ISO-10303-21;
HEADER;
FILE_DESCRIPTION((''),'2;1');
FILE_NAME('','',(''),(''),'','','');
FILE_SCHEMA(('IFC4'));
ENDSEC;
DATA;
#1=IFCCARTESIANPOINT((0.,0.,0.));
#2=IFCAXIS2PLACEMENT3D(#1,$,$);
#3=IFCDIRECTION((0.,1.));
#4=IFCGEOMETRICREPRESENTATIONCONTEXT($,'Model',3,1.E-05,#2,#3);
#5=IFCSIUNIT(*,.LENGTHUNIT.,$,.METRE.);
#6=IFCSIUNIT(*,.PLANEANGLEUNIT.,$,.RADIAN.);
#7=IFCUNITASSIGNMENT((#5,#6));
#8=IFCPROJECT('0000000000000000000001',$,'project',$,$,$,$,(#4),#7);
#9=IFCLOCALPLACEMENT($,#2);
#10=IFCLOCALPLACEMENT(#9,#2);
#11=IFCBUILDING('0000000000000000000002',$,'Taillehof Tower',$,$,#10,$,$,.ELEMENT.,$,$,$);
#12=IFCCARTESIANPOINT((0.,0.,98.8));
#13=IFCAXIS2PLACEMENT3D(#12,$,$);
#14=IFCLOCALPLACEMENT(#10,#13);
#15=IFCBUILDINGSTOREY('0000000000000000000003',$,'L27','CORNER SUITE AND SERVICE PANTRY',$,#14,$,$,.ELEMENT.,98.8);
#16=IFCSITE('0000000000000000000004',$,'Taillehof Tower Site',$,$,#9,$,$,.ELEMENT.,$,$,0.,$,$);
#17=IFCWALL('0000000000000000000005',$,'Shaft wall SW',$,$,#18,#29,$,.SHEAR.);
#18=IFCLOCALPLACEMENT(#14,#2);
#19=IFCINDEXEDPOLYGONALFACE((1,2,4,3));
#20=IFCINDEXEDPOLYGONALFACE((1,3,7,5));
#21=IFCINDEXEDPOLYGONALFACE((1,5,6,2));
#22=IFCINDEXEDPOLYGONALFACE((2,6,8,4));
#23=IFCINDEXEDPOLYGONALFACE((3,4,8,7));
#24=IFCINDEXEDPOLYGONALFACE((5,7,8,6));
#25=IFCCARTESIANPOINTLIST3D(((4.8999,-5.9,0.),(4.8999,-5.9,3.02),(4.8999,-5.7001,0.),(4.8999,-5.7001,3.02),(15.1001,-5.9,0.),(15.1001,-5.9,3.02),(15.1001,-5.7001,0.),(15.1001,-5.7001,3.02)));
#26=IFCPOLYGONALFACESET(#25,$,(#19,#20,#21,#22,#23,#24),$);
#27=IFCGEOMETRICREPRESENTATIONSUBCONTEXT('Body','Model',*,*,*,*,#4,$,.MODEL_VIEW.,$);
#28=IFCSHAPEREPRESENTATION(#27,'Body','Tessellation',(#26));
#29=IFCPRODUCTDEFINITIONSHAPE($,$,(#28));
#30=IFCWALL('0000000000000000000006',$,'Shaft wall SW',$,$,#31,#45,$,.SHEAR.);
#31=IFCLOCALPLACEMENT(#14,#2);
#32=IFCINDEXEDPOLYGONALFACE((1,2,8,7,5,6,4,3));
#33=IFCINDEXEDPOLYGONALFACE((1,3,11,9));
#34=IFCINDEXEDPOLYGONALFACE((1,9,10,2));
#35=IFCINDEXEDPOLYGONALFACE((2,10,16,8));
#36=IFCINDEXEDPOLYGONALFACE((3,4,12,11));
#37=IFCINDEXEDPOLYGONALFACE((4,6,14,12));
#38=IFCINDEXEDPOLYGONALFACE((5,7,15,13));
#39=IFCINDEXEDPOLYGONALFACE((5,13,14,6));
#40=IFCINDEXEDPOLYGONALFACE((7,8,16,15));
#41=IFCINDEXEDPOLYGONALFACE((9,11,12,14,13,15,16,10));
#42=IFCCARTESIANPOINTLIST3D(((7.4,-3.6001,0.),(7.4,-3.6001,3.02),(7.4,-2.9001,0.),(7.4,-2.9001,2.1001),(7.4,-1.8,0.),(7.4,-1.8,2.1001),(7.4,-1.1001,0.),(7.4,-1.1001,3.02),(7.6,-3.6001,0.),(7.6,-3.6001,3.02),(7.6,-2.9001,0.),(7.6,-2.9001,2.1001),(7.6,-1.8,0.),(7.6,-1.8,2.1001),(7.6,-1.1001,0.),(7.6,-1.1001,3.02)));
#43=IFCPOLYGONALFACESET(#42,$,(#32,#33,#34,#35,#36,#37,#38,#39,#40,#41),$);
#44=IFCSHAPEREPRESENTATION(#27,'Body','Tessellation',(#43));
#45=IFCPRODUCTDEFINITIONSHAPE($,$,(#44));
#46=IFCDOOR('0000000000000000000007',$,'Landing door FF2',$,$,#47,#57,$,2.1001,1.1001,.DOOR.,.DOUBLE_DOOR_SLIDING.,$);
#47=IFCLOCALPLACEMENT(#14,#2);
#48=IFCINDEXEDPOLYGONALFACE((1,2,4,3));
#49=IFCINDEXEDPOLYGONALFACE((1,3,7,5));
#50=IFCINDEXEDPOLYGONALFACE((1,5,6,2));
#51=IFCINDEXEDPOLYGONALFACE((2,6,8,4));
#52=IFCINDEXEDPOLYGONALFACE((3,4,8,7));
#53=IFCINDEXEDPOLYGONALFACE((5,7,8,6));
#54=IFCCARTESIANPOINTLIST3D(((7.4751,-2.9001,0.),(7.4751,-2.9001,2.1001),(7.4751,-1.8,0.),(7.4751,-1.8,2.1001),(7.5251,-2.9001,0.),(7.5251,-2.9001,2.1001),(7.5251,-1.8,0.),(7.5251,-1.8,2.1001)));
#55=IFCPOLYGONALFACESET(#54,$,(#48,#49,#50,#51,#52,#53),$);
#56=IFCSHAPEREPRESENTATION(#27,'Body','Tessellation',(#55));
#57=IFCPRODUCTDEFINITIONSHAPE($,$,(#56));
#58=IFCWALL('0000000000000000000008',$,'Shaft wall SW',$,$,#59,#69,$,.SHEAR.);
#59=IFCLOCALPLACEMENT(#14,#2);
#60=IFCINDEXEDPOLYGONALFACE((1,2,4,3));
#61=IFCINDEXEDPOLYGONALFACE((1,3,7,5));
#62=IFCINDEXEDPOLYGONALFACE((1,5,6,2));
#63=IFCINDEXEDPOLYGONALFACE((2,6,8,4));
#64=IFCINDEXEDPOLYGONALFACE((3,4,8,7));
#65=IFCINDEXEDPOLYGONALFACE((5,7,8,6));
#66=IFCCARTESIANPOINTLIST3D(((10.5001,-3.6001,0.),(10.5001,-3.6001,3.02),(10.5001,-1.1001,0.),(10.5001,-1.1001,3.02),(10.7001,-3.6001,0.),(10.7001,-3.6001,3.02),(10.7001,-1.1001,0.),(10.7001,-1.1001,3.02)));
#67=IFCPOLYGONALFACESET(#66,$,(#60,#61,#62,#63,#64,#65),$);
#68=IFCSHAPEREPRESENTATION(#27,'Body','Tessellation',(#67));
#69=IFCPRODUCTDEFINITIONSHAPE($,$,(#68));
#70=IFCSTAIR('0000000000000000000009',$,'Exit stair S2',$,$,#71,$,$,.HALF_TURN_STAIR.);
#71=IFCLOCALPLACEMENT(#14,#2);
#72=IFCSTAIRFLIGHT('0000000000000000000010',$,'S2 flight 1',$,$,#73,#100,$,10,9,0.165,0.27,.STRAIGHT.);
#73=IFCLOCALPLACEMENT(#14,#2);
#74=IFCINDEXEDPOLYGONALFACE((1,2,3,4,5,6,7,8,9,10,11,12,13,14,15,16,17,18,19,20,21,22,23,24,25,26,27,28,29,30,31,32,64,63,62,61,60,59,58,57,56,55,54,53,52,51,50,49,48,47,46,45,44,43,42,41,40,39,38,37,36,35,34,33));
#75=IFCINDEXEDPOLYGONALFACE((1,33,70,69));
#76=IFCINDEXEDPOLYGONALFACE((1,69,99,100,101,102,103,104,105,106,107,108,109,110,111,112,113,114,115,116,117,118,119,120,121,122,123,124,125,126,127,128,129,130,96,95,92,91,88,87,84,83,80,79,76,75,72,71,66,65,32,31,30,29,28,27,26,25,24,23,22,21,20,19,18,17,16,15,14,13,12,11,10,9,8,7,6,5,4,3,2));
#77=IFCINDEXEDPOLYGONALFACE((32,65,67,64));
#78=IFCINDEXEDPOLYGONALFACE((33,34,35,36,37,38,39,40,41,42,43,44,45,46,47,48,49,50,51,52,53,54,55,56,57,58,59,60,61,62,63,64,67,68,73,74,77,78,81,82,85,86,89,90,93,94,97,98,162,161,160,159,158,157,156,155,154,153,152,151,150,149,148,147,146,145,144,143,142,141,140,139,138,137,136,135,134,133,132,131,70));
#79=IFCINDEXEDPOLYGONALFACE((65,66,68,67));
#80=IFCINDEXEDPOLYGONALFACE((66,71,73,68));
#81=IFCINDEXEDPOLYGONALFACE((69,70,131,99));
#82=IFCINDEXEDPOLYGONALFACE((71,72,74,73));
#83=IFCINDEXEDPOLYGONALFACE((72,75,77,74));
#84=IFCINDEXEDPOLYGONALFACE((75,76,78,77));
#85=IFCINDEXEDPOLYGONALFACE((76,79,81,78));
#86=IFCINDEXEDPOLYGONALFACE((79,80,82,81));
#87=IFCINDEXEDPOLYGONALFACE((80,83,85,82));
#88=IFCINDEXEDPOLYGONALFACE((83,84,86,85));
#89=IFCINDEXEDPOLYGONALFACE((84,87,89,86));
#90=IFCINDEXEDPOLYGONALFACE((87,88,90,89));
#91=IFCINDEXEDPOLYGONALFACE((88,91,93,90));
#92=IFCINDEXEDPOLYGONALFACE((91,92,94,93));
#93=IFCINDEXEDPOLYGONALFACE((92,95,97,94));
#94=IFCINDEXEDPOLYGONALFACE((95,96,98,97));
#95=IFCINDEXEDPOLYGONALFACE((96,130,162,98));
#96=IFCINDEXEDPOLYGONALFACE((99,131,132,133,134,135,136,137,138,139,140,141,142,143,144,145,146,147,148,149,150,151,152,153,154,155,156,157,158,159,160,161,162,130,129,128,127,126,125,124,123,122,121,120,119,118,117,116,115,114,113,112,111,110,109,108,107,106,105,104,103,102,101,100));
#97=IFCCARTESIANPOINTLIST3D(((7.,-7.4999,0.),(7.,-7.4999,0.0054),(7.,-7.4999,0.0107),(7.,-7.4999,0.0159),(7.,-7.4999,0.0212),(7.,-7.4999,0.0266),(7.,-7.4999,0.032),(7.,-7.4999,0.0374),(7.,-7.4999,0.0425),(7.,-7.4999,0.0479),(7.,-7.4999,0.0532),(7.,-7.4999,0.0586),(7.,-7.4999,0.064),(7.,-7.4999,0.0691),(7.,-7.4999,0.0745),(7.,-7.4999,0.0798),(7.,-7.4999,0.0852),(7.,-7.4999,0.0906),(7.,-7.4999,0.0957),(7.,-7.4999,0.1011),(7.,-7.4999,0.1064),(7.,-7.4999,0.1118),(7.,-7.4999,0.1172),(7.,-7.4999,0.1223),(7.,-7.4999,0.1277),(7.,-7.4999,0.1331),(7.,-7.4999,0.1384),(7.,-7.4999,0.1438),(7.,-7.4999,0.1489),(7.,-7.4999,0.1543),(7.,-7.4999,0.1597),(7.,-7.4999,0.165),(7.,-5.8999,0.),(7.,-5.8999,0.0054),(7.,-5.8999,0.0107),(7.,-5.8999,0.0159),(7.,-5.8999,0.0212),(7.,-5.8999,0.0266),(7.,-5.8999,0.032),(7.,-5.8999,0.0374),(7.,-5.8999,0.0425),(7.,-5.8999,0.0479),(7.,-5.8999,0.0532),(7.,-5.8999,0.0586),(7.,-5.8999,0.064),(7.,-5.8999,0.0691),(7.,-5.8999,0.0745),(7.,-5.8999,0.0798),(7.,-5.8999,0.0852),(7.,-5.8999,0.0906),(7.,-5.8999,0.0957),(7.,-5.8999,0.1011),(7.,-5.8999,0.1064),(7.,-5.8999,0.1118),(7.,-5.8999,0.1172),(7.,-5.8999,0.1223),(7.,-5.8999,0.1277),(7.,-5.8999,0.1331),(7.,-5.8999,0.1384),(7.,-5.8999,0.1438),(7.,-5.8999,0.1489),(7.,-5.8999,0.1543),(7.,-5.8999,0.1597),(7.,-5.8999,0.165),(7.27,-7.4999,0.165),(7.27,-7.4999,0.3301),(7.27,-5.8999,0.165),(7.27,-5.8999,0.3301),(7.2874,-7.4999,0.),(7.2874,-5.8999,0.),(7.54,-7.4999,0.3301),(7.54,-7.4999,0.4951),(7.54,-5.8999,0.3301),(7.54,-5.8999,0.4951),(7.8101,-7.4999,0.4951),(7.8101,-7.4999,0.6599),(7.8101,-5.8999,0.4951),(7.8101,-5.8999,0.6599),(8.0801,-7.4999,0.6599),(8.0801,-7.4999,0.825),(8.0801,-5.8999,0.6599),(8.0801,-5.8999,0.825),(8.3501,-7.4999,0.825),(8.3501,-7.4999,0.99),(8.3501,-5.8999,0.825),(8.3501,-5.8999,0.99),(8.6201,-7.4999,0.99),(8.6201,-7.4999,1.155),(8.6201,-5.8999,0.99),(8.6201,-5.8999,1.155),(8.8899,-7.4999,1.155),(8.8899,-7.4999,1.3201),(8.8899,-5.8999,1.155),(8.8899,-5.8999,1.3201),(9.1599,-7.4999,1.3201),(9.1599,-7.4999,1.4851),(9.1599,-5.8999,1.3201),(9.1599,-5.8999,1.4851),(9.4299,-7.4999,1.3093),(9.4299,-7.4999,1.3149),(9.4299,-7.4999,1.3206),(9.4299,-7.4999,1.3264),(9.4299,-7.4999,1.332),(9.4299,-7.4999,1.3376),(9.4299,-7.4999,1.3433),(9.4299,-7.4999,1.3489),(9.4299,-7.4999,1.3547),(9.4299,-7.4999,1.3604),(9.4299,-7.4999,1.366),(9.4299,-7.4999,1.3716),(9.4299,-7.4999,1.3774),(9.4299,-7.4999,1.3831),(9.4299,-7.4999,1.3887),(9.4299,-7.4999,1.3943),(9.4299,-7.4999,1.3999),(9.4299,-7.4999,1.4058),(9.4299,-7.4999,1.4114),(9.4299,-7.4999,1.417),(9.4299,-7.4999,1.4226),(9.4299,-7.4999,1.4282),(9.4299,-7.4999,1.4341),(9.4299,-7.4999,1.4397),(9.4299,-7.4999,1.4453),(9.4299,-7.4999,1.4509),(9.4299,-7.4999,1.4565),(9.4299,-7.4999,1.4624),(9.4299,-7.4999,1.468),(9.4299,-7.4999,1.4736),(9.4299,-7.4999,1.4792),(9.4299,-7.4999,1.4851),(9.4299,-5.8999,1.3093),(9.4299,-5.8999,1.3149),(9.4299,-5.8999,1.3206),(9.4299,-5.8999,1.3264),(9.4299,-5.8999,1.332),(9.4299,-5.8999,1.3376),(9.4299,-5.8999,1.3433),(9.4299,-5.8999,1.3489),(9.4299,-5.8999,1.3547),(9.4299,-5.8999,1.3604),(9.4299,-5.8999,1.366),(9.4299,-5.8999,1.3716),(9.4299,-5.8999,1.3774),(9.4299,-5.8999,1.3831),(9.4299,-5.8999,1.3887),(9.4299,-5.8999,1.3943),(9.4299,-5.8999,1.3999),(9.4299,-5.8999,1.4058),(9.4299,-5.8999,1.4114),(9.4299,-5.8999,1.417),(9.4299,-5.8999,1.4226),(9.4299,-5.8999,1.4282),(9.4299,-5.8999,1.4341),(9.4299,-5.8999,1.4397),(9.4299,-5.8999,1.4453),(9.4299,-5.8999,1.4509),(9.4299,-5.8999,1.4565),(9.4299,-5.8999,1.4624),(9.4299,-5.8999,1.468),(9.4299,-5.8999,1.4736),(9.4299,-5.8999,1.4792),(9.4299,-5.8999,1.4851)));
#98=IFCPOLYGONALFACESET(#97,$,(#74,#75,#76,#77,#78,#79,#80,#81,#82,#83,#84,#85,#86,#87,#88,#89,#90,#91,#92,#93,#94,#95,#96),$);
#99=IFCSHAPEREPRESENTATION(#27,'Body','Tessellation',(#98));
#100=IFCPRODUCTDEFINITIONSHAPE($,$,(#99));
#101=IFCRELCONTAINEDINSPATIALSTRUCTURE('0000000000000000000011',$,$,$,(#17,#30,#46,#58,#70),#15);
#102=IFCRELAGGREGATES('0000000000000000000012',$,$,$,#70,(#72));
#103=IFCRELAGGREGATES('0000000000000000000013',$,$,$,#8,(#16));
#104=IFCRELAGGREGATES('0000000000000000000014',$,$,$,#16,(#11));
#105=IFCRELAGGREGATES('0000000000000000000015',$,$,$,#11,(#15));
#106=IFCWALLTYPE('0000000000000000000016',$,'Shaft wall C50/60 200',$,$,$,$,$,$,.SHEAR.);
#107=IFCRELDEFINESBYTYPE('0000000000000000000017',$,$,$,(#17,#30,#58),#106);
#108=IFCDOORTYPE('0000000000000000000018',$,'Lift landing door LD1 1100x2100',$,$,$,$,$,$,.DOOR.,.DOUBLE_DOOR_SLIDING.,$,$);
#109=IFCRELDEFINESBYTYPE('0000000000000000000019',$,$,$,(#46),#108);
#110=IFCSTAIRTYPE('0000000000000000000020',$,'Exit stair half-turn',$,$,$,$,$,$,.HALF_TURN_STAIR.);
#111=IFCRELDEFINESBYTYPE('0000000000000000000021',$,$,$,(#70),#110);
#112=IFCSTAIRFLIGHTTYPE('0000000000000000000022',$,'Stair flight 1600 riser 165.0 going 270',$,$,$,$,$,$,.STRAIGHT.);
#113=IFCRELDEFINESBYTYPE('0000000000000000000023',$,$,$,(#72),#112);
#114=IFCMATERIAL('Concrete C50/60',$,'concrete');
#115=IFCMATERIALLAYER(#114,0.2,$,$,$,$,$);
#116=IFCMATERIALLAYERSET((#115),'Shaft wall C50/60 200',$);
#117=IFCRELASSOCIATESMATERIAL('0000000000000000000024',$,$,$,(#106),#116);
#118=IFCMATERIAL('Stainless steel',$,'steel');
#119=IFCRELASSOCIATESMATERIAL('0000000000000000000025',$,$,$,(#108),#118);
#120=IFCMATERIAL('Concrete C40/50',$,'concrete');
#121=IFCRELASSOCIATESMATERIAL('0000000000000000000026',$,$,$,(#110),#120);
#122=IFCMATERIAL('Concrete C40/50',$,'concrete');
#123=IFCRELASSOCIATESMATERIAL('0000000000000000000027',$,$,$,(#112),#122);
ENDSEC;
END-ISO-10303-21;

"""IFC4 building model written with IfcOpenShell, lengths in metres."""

from ifc_helpers import new_model, si_unit, direction, frame, frame_2d, origin, place, context, subcontext, project, spatial, polyline, rectangle, outline, extrude, material, layer, layer_set, type_object, element, fill, aggregate, save


model = new_model("IFC4")

# Units and contexts
model_context = context("Model", 3, precision=1e-05, world=origin(), true_north=direction((0.0, 1.0)))
body_context = subcontext(model_context, "Body", "Model", "MODEL_VIEW")
ifc_project = project(units=[si_unit("LENGTHUNIT", "METRE"), si_unit("PLANEANGLEUNIT", "RADIAN")], contexts=[model_context])

# Site, building, storey
site_placement = place(None, origin())
site = spatial("IfcSite", under=ifc_project, at=site_placement, Name="Taillehof Tower Site", CompositionType="ELEMENT", RefElevation=0.0)
building_placement = place(site_placement, origin())
building = spatial("IfcBuilding", under=site, at=building_placement, Name="Taillehof Tower", CompositionType="ELEMENT")
storey_placement = place(building_placement, frame((0.0, 0.0, 98.8)))
storey = spatial("IfcBuildingStorey", under=building, at=storey_placement, Name="L27", Description="CORNER SUITE AND SERVICE PANTRY", CompositionType="ELEMENT", Elevation=98.8)

# Shared definitions
ifc_material_1 = material(Name="Concrete C50/60", Category="concrete")
ifc_layer_1 = layer(ifc_material_1, 0.2)
ifc_layer_set_1 = layer_set([ifc_layer_1], Name="Shaft wall C50/60 200")
wall_type_1 = type_object("IfcWallType", Name="Shaft wall C50/60 200", PredefinedType="SHEAR", material=ifc_layer_set_1)

# Shared definitions
ifc_material_2 = material(Name="Stainless steel", Category="steel")
door_type_1 = type_object("IfcDoorType", Name="Lift landing door LD1 1100x2100", OperationType="DOUBLE_DOOR_SLIDING", PredefinedType="DOOR", material=ifc_material_2)

# Wall
wall_1_placement = place(storey_placement, frame((4.8999, -5.8, 0.0), z_axis=(0.0, 0.0, 1.0), x_axis=(1.0, 0.0, 0.0)))
element("IfcWall", 1, at=wall_1_placement, inside=storey, type_object=wall_type_1, Name="Shaft wall SW", PredefinedType="SHEAR", context=body_context, shape_type="SweptSolid", body=[
    extrude(rectangle(XDim=10.2002, YDim=0.2, at=frame_2d((5.1001, 0.0))), origin(), (0.0, 0.0, 1.0), 3.02),
])

# Wall, opening, door
wall_2_placement = place(storey_placement, frame((7.5, -3.6001, 0.0), z_axis=(0.0, 0.0, 1.0), x_axis=(0.0, 1.0, 0.0)))
wall_2 = element("IfcWall", 2, at=wall_2_placement, inside=storey, type_object=wall_type_1, Name="Shaft wall SW", PredefinedType="SHEAR", context=body_context, shape_type="SweptSolid", body=[
    extrude(rectangle(XDim=2.5, YDim=0.2, at=frame_2d((1.25, 0.0))), origin(), (0.0, 0.0, 1.0), 3.02),
])
opening_1_placement = place(wall_2_placement, frame((0.7, 0.0, 0.0)))
opening_1 = element("IfcOpeningElement", 3, at=opening_1_placement, cuts=wall_2, PredefinedType="OPENING", context=body_context, shape_type="SweptSolid", body=[
    extrude(rectangle(XDim=1.1001, YDim=2.1001, at=frame_2d((0.55, 1.05))), frame((0.0, 0.1099, 0.0), z_axis=(0.0, -1.0, 0.0), x_axis=(1.0, 0.0, 0.0)), (0.0, 0.0, 1.0), 0.22),
])
door_1_placement = place(opening_1_placement, origin())
door_1 = element("IfcDoor", 4, at=door_1_placement, inside=storey, type_object=door_type_1, Name="Landing door FF2", OperationType="DOUBLE_DOOR_SLIDING", OverallHeight=2.1001, OverallWidth=1.1001, PredefinedType="DOOR", context=body_context, shape_type="SweptSolid", body=[
    extrude(rectangle(XDim=1.1001, YDim=2.1001, at=frame_2d((0.55, 1.05))), frame((0.0, 0.0249, 0.0), z_axis=(0.0, -1.0, 0.0), x_axis=(1.0, 0.0, 0.0)), (0.0, 0.0, 1.0), 0.05),
])
fill(opening_1, door_1)

# Wall
wall_3_placement = place(storey_placement, frame((10.6001, -3.6001, 0.0), z_axis=(0.0, 0.0, 1.0), x_axis=(0.0, 1.0, 0.0)))
element("IfcWall", 5, at=wall_3_placement, inside=storey, type_object=wall_type_1, Name="Shaft wall SW", PredefinedType="SHEAR", context=body_context, shape_type="SweptSolid", body=[
    extrude(rectangle(XDim=2.5, YDim=0.2, at=frame_2d((1.25, 0.0))), origin(), (0.0, 0.0, 1.0), 3.02),
])

# Stair, stair flight
ifc_material_3 = material(Name="Concrete C40/50", Category="concrete")
stair_type = type_object("IfcStairType", Name="Exit stair half-turn", PredefinedType="HALF_TURN_STAIR", material=ifc_material_3)
stair_placement = place(storey_placement, origin())
stair = element("IfcStair", 6, at=stair_placement, inside=storey, type_object=stair_type, Name="Exit stair S2", PredefinedType="HALF_TURN_STAIR")
ifc_material_4 = material(Name="Concrete C40/50", Category="concrete")
stair_flight_type = type_object("IfcStairFlightType", Name="Stair flight 1600 riser 165.0 going 270", PredefinedType="STRAIGHT", material=ifc_material_4)
stair_flight_1_placement = place(storey_placement, frame((7.0, -6.7, 0.0), z_axis=(0.0, 0.0, 1.0), x_axis=(1.0, 0.0, 0.0)))
stair_flight_1 = element("IfcStairFlight", 7, at=stair_flight_1_placement, type_object=stair_flight_type, Name="S2 flight 1", NumberOfRisers=10, NumberOfTreads=9, PredefinedType="STRAIGHT", RiserHeight=0.165, TreadLength=0.27, context=body_context, shape_type="SweptSolid", body=[
    extrude(outline(polyline([(0.0, 0.0), (0.0, 0.0054), (0.0, 0.0107), (0.0, 0.0159), (0.0, 0.0212), (0.0, 0.0266), (0.0, 0.032), (0.0, 0.0374), (0.0, 0.0425), (0.0, 0.0479), (0.0, 0.0532), (0.0, 0.0586), (0.0, 0.064), (0.0, 0.0691), (0.0, 0.0745), (0.0, 0.0798), (0.0, 0.0852), (0.0, 0.0906), (0.0, 0.0957), (0.0, 0.1011), (0.0, 0.1064), (0.0, 0.1118), (0.0, 0.1172), (0.0, 0.1223), (0.0, 0.1277), (0.0, 0.1331), (0.0, 0.1384), (0.0, 0.1438), (0.0, 0.1489), (0.0, 0.1543), (0.0, 0.1597), (0.0, 0.165), (0.27, 0.165), (0.27, 0.3301), (0.54, 0.3301), (0.54, 0.4951), (0.8101, 0.4951), (0.8101, 0.6599), (1.0801, 0.6599), (1.0801, 0.825), (1.3501, 0.825), (1.3501, 0.99), (1.6201, 0.99), (1.6201, 1.155), (1.8899, 1.155), (1.8899, 1.3201), (2.1599, 1.3201), (2.1599, 1.4851), (2.4299, 1.4851), (2.4299, 1.4792), (2.4299, 1.4736), (2.4299, 1.468), (2.4299, 1.4624), (2.4299, 1.4565), (2.4299, 1.4509), (2.4299, 1.4453), (2.4299, 1.4397), (2.4299, 1.4341), (2.4299, 1.4282), (2.4299, 1.4226), (2.4299, 1.417), (2.4299, 1.4114), (2.4299, 1.4058), (2.4299, 1.3999), (2.4299, 1.3943), (2.4299, 1.3887), (2.4299, 1.3831), (2.4299, 1.3774), (2.4299, 1.3716), (2.4299, 1.366), (2.4299, 1.3604), (2.4299, 1.3547), (2.4299, 1.3489), (2.4299, 1.3433), (2.4299, 1.3376), (2.4299, 1.332), (2.4299, 1.3264), (2.4299, 1.3206), (2.4299, 1.3149), (2.4299, 1.3093), (0.2874, 0.0), (0.0, 0.0)])), frame((0.0, 0.8, 0.0), z_axis=(0.0, -1.0, 0.0), x_axis=(1.0, 0.0, 0.0)), (0.0, 0.0, 1.0), 1.6),
])
aggregate(stair, [stair_flight_1])

save(model, "model.ifc")
